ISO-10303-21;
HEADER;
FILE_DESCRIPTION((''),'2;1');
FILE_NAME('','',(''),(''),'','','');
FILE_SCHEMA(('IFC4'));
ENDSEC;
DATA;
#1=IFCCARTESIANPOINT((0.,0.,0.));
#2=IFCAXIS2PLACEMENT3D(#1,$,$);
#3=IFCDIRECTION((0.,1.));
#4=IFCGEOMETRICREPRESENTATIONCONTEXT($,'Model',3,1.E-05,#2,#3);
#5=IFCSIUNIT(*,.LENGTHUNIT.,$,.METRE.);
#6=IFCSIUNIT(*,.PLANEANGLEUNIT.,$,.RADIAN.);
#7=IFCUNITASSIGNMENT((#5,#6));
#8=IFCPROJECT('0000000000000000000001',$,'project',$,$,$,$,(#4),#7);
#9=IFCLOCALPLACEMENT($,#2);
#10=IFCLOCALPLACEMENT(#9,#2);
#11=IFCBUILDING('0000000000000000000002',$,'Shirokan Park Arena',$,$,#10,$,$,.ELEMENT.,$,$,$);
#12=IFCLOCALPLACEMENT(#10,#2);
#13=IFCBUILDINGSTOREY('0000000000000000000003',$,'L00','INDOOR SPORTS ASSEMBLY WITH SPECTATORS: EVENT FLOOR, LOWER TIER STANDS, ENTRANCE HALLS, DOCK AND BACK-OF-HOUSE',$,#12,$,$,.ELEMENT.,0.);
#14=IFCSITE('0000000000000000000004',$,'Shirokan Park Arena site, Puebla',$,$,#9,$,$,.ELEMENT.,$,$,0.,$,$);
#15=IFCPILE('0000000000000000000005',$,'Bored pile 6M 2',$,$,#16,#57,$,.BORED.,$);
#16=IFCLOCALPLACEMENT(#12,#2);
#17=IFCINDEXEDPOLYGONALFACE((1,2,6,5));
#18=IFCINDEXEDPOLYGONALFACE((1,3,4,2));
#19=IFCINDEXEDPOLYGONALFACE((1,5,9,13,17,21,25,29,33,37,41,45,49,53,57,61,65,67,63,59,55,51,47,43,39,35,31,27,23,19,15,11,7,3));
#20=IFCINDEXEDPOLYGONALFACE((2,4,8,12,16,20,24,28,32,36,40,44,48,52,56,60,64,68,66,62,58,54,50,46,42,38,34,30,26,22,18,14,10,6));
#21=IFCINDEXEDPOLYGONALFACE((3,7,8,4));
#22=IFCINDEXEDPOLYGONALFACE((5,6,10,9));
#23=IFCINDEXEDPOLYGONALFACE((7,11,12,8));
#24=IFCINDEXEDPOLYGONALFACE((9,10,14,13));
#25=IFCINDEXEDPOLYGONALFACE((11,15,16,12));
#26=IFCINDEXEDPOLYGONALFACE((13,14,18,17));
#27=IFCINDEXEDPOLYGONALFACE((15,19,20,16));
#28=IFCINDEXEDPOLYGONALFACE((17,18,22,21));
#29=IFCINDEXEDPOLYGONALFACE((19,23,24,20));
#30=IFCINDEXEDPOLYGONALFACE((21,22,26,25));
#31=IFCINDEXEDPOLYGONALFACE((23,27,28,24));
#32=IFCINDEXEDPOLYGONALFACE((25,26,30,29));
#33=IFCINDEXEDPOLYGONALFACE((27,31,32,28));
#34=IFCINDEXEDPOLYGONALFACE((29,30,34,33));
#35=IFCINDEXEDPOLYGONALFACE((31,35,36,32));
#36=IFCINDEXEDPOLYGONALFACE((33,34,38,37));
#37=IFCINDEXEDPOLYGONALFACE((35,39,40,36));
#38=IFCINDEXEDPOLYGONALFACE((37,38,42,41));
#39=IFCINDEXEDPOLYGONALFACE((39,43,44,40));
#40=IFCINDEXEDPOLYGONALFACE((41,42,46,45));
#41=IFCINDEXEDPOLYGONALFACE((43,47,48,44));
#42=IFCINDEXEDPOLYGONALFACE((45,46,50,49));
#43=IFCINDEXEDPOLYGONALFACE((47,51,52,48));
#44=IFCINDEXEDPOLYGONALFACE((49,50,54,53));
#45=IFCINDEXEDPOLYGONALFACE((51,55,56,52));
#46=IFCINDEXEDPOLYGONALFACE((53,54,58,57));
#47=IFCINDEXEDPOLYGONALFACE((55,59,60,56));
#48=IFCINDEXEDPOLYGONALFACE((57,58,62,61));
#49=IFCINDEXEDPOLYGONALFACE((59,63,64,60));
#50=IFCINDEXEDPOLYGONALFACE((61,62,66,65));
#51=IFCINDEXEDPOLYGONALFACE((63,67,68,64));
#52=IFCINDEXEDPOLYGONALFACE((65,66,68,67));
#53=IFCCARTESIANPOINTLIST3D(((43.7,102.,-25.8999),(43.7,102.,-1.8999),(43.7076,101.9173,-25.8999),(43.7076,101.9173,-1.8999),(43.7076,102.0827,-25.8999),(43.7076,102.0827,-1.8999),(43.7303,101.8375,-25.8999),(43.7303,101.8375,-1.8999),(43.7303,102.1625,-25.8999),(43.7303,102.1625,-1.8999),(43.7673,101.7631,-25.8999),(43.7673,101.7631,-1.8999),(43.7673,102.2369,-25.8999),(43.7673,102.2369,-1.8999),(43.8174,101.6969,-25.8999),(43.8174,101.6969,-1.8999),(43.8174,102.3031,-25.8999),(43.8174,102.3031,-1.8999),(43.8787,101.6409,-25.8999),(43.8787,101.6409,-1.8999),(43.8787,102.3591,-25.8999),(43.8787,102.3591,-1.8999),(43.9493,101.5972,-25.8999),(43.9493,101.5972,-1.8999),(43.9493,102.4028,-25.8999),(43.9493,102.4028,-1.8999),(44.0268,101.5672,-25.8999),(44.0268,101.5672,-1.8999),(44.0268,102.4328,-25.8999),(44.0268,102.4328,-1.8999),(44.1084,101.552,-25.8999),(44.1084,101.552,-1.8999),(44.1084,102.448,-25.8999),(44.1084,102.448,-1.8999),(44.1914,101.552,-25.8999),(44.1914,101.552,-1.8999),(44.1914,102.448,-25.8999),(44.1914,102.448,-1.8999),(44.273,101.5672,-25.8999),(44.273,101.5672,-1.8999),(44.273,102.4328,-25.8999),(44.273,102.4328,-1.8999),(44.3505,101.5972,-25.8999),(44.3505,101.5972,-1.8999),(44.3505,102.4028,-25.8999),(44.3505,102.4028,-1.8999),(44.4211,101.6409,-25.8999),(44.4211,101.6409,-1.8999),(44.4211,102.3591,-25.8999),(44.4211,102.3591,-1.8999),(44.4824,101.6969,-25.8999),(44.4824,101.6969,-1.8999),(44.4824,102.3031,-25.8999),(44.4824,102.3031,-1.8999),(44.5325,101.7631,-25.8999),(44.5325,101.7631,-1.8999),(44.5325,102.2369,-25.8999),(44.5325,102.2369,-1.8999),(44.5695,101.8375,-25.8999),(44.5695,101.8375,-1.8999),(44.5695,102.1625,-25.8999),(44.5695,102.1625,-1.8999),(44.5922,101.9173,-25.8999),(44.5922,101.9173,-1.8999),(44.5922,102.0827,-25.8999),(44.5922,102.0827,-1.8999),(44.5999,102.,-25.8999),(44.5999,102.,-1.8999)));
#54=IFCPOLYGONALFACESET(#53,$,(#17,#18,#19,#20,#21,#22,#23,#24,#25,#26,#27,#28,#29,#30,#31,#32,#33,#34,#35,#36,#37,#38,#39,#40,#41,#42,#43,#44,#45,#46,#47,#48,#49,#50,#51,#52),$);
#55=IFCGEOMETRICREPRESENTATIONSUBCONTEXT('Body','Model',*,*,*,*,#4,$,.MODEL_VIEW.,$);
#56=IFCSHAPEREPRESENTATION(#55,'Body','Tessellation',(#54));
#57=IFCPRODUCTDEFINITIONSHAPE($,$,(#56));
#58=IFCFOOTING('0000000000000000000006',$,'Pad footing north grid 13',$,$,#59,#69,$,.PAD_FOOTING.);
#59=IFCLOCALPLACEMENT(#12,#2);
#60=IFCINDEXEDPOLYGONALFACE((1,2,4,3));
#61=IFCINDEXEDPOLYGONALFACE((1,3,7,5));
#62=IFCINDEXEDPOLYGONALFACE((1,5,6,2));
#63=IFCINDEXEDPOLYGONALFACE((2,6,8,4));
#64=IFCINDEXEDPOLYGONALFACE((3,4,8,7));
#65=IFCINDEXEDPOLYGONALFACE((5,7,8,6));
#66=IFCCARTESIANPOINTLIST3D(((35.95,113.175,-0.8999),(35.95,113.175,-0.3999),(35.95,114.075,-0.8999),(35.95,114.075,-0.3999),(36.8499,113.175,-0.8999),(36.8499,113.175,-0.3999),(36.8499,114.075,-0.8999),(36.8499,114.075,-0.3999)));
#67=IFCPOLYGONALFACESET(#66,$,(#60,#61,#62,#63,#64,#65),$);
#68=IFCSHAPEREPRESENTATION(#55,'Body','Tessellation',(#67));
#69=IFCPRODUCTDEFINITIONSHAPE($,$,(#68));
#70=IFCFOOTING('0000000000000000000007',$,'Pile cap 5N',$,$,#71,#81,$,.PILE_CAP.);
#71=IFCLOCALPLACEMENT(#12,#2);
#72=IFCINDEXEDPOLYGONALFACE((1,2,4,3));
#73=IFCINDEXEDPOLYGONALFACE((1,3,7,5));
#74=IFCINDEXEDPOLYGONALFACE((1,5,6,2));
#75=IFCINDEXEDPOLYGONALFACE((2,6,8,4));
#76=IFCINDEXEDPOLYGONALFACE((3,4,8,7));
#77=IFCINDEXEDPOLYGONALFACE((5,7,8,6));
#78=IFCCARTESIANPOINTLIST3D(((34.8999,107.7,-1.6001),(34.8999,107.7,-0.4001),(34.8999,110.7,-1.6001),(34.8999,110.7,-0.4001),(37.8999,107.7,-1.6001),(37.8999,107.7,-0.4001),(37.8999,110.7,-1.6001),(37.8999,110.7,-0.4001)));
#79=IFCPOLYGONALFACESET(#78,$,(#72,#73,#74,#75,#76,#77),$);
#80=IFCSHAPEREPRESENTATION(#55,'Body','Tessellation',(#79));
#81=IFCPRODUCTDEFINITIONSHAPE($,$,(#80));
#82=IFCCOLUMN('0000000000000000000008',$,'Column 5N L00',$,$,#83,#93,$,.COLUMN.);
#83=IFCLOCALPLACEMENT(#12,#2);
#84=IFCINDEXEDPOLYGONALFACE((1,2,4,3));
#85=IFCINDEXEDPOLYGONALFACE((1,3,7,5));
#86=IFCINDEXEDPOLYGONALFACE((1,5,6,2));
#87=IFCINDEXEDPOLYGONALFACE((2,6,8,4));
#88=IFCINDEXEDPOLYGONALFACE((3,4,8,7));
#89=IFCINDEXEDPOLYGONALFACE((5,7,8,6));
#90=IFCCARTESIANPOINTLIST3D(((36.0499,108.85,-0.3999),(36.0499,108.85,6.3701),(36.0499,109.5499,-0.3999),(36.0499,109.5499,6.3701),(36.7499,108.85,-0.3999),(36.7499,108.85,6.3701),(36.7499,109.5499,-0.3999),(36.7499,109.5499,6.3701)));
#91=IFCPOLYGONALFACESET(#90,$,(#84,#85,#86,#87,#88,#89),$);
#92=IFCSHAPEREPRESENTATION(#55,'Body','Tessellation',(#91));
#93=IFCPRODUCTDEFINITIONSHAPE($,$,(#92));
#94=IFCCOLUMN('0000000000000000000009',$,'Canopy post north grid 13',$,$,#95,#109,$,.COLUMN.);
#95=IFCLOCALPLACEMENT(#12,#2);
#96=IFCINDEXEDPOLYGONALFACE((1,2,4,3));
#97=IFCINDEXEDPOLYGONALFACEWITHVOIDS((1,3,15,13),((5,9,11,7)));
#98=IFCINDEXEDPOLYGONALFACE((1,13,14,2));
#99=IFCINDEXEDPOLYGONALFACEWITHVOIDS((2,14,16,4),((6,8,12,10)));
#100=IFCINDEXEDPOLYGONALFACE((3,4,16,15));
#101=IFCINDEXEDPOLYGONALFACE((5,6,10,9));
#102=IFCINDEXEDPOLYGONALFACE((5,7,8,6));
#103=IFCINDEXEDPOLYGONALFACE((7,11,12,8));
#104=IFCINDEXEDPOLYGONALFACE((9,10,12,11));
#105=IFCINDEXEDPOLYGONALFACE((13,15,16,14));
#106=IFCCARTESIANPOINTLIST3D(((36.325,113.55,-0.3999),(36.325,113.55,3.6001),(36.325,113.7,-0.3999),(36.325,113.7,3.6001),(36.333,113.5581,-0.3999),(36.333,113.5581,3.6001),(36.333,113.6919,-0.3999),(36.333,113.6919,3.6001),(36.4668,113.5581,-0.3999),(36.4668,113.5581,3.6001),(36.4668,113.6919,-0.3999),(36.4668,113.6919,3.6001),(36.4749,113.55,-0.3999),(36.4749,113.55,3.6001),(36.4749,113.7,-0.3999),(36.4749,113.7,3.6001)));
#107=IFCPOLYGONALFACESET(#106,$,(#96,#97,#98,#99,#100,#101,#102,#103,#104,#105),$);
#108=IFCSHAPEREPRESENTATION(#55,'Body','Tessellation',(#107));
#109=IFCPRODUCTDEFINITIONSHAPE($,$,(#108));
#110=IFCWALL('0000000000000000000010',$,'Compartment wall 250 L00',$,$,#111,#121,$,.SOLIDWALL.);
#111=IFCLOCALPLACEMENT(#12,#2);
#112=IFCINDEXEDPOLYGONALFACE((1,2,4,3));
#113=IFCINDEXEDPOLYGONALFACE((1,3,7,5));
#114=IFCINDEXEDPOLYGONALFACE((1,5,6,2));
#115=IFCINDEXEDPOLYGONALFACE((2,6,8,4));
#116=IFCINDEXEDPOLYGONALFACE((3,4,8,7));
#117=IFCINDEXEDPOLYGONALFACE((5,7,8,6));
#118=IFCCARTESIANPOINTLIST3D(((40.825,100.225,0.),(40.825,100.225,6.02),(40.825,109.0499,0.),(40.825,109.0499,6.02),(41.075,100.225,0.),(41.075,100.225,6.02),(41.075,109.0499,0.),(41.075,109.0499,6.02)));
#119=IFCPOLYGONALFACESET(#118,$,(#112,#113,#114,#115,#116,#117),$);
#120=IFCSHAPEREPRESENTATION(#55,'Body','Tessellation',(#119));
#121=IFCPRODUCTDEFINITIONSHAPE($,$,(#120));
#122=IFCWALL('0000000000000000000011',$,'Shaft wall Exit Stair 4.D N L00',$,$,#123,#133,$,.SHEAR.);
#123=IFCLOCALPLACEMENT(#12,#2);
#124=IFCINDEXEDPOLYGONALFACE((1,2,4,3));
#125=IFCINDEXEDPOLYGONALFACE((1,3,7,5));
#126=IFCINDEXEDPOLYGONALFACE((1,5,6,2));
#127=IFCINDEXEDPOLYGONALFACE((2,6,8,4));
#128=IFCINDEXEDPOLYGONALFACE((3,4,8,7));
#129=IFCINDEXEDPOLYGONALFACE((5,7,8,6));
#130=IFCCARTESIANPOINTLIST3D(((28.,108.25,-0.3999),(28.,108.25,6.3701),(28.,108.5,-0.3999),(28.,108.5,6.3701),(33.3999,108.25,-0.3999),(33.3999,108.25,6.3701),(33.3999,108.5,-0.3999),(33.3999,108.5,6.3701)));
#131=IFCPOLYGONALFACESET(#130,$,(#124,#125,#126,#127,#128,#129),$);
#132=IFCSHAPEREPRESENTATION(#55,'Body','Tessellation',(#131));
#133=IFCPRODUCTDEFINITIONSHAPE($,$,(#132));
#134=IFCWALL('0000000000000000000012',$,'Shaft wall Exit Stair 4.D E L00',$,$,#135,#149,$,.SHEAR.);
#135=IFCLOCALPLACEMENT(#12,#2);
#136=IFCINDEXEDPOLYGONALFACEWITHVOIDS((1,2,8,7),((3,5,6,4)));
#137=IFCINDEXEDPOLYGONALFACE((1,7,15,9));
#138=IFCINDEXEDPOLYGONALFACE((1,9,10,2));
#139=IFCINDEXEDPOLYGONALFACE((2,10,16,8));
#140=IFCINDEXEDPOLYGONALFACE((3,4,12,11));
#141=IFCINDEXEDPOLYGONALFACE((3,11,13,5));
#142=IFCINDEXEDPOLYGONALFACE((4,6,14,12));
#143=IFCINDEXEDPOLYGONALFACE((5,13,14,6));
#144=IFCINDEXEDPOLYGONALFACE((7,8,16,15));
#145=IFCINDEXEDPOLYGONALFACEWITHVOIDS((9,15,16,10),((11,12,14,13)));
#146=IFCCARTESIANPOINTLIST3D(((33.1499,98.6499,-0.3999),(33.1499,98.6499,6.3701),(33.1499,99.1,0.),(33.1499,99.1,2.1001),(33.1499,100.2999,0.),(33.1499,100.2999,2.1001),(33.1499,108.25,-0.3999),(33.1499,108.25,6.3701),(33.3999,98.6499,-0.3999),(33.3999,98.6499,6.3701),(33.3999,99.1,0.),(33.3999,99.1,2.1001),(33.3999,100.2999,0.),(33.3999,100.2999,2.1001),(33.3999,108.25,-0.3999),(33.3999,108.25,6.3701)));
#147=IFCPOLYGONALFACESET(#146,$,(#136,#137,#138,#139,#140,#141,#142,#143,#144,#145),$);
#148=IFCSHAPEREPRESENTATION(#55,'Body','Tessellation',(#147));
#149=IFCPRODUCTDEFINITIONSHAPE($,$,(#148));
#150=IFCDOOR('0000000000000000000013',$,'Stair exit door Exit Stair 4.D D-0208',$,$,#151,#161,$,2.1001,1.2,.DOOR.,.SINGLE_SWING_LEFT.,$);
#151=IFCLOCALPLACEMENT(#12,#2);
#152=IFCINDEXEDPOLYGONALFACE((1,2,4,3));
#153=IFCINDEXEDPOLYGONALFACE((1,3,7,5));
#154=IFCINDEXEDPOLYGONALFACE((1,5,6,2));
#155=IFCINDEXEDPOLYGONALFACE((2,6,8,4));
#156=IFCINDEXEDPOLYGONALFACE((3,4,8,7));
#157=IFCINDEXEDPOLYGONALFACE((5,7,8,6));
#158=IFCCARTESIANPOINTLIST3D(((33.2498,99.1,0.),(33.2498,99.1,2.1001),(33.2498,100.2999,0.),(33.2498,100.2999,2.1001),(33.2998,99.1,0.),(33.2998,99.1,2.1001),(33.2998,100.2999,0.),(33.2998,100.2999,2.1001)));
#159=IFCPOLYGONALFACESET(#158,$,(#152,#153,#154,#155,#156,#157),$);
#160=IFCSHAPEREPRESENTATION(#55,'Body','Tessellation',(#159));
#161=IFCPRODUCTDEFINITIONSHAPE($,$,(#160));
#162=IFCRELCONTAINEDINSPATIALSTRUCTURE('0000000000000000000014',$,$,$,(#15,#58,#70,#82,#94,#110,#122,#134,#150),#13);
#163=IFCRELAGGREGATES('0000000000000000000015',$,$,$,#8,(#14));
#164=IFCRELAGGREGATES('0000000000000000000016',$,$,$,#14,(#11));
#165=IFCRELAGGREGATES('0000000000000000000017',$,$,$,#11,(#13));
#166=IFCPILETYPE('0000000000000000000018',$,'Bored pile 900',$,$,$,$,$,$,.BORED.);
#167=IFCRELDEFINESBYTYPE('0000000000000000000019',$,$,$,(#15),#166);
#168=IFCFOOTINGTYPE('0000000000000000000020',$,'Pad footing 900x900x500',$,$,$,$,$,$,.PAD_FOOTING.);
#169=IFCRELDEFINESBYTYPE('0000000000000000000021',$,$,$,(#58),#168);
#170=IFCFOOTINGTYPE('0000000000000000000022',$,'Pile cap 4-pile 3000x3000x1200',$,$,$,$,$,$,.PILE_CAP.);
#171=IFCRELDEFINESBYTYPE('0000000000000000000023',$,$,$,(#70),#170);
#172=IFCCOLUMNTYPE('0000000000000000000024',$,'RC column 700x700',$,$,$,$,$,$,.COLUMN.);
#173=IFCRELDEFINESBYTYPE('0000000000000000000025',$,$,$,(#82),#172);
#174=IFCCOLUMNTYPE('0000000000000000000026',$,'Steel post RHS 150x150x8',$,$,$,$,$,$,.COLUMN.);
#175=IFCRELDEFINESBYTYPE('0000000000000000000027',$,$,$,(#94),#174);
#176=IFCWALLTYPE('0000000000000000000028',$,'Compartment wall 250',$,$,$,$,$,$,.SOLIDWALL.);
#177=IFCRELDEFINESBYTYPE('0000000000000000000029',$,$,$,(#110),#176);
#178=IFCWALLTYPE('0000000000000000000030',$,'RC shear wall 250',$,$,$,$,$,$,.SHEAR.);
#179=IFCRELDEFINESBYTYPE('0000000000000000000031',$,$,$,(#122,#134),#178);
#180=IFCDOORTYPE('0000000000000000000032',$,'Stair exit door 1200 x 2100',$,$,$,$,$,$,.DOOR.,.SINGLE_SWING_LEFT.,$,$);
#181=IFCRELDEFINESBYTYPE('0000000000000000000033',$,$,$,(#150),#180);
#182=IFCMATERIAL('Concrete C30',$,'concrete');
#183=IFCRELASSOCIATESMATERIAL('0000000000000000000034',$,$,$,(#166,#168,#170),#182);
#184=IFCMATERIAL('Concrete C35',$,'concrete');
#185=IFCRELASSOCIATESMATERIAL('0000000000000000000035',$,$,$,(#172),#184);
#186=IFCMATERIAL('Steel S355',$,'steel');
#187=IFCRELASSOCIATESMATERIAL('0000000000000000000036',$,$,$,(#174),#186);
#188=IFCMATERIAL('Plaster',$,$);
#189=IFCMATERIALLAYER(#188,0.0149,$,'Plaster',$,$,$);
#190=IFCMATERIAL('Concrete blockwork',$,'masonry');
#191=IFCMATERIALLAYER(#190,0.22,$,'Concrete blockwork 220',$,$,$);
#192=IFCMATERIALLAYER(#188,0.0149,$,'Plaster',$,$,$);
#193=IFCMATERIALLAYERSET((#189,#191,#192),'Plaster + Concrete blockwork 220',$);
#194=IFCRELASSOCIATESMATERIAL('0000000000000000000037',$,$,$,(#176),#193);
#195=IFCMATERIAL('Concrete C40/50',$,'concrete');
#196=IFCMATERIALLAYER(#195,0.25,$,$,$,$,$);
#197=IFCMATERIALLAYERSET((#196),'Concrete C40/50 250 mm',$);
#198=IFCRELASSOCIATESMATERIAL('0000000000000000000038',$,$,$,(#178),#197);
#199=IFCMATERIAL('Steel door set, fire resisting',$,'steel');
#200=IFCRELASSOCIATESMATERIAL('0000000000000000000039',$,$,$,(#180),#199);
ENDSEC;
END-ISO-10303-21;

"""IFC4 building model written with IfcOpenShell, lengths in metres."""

from ifc_helpers import new_model, si_unit, direction, frame, frame_2d, origin, origin_2d, place, context, subcontext, project, spatial, rectangle, hollow_rectangle, circle, extrude, material, layer, layer_set, material_profile, profile_set, type_object, element, fill, save


model = new_model("IFC4")

# Units and contexts
model_context = context("Model", 3, precision=1e-05, world=origin(), true_north=direction((0.0, 1.0)))
body_context = subcontext(model_context, "Body", "Model", "MODEL_VIEW")
ifc_project = project(units=[si_unit("LENGTHUNIT", "METRE"), si_unit("PLANEANGLEUNIT", "RADIAN")], contexts=[model_context])

# Site, building, storey
site_placement = place(None, origin())
site = spatial("IfcSite", under=ifc_project, at=site_placement, Name="Shirokan Park Arena site, Puebla", CompositionType="ELEMENT", RefElevation=0.0)
building_placement = place(site_placement, origin())
building = spatial("IfcBuilding", under=site, at=building_placement, Name="Shirokan Park Arena", CompositionType="ELEMENT")
storey_placement = place(building_placement, origin())
storey = spatial("IfcBuildingStorey", under=building, at=storey_placement, Name="L00", Description="INDOOR SPORTS ASSEMBLY WITH SPECTATORS: EVENT FLOOR, LOWER TIER STANDS, ENTRANCE HALLS, DOCK AND BACK-OF-HOUSE", CompositionType="ELEMENT", Elevation=0.0)

# Pile
ifc_material_1 = material(Name="Concrete C30", Category="concrete")
ifc_material_profile_1 = material_profile(ifc_material_1, circle(Radius=0.45, at=origin_2d()), Name="D900")
ifc_profile_set_1 = profile_set([ifc_material_profile_1], Name="Concrete C30")
pile_type_1 = type_object("IfcPileType", Name="Bored pile 900", PredefinedType="BORED", material=ifc_profile_set_1)
pile_1_placement = place(storey_placement, frame((44.1499, 102.0, -1.8999), z_axis=(0.0, 0.0, -1.0), x_axis=(1.0, 0.0, 0.0)))
element("IfcPile", 1, at=pile_1_placement, inside=storey, type_object=pile_type_1, Name="Bored pile 6M 2", PredefinedType="BORED", context=body_context, shape_type="SweptSolid", body=[
    extrude(circle(Radius=0.45, at=origin_2d()), origin(), (0.0, 0.0, 1.0), 24.0),
])

# Footings
footing_type_1 = type_object("IfcFootingType", Name="Pad footing 900x900x500", PredefinedType="PAD_FOOTING", material=ifc_material_1)
footing_1_placement = place(storey_placement, frame((36.3999, 113.625, -0.8999), z_axis=(0.0, 0.0, 1.0), x_axis=(1.0, 0.0, 0.0)))
element("IfcFooting", 2, at=footing_1_placement, inside=storey, type_object=footing_type_1, Name="Pad footing north grid 13", PredefinedType="PAD_FOOTING", context=body_context, shape_type="SweptSolid", body=[
    extrude(rectangle(XDim=0.8999, YDim=0.8999, at=origin_2d()), origin(), (0.0, 0.0, 1.0), 0.5),
])
footing_type_2 = type_object("IfcFootingType", Name="Pile cap 4-pile 3000x3000x1200", PredefinedType="PILE_CAP", material=ifc_material_1)
footing_2_placement = place(storey_placement, frame((36.3999, 109.2, -1.6001), z_axis=(0.0, 0.0, 1.0), x_axis=(1.0, 0.0, 0.0)))
element("IfcFooting", 3, at=footing_2_placement, inside=storey, type_object=footing_type_2, Name="Pile cap 5N", PredefinedType="PILE_CAP", context=body_context, shape_type="SweptSolid", body=[
    extrude(rectangle(XDim=3.0, YDim=3.0, at=origin_2d()), origin(), (0.0, 0.0, 1.0), 1.2),
])

# Columns
ifc_material_2 = material(Name="Concrete C35", Category="concrete")
ifc_material_profile_2 = material_profile(ifc_material_2, rectangle(XDim=0.7, YDim=0.7, at=origin_2d()), Name="700x700")
ifc_profile_set_2 = profile_set([ifc_material_profile_2], Name="Concrete C35")
column_type_1 = type_object("IfcColumnType", Name="RC column 700x700", PredefinedType="COLUMN", material=ifc_profile_set_2)
column_1_placement = place(storey_placement, frame((36.3999, 109.2, -0.3999), z_axis=(0.0, 0.0, 1.0), x_axis=(1.0, 0.0, 0.0)))
element("IfcColumn", 4, at=column_1_placement, inside=storey, type_object=column_type_1, Name="Column 5N L00", PredefinedType="COLUMN", context=body_context, shape_type="SweptSolid", body=[
    extrude(rectangle(XDim=0.7, YDim=0.7, at=origin_2d()), origin(), (0.0, 0.0, 1.0), 6.77),
])
ifc_material_3 = material(Name="Steel S355", Category="steel")
ifc_material_profile_3 = material_profile(ifc_material_3, hollow_rectangle(XDim=0.1499, YDim=0.1499, WallThickness=0.0081, at=origin_2d()), Name="RHS 150x150x8")
ifc_profile_set_3 = profile_set([ifc_material_profile_3], Name="Steel S355")
column_type_2 = type_object("IfcColumnType", Name="Steel post RHS 150x150x8", PredefinedType="COLUMN", material=ifc_profile_set_3)
column_2_placement = place(storey_placement, frame((36.3999, 113.625, -0.3999), z_axis=(0.0, 0.0, 1.0), x_axis=(1.0, 0.0, 0.0)))
element("IfcColumn", 5, at=column_2_placement, inside=storey, type_object=column_type_2, Name="Canopy post north grid 13", PredefinedType="COLUMN", context=body_context, shape_type="SweptSolid", body=[
    extrude(hollow_rectangle(XDim=0.1499, YDim=0.1499, WallThickness=0.0081, at=origin_2d()), origin(), (0.0, 0.0, 1.0), 4.0),
])

# Wall
ifc_material_4 = material(Name="Plaster")
ifc_layer_1 = layer(ifc_material_4, 0.0149, Name="Plaster")
ifc_material_5 = material(Name="Concrete blockwork", Category="masonry")
ifc_layer_2 = layer(ifc_material_5, 0.22, Name="Concrete blockwork 220")
ifc_layer_3 = layer(ifc_material_4, 0.0149, Name="Plaster")
ifc_layer_set_1 = layer_set([ifc_layer_1, ifc_layer_2, ifc_layer_3], Name="Plaster + Concrete blockwork 220")
wall_type_1 = type_object("IfcWallType", Name="Compartment wall 250", PredefinedType="SOLIDWALL", material=ifc_layer_set_1)
wall_1_placement = place(storey_placement, frame((40.95, 109.05, 0.0), z_axis=(0.0, 0.0, 1.0), x_axis=(0.0, -1.0, 0.0)))
element("IfcWall", 6, at=wall_1_placement, inside=storey, type_object=wall_type_1, Name="Compartment wall 250 L00", PredefinedType="SOLIDWALL", context=body_context, shape_type="SweptSolid", body=[
    extrude(rectangle(XDim=8.825, YDim=0.25, at=frame_2d((4.4126, 0.0))), origin(), (0.0, 0.0, 1.0), 6.02),
])

# Wall
ifc_material_6 = material(Name="Concrete C40/50", Category="concrete")
ifc_layer_4 = layer(ifc_material_6, 0.25)
ifc_layer_set_2 = layer_set([ifc_layer_4], Name="Concrete C40/50 250 mm")
wall_type_2 = type_object("IfcWallType", Name="RC shear wall 250", PredefinedType="SHEAR", material=ifc_layer_set_2)
wall_2_placement = place(storey_placement, frame((33.3999, 108.375, -0.3999), z_axis=(0.0, 0.0, 1.0), x_axis=(-1.0, 0.0, 0.0)))
element("IfcWall", 7, at=wall_2_placement, inside=storey, type_object=wall_type_2, Name="Shaft wall Exit Stair 4.D N L00", PredefinedType="SHEAR", context=body_context, shape_type="SweptSolid", body=[
    extrude(rectangle(XDim=5.3999, YDim=0.25, at=frame_2d((2.7, 0.0))), origin(), (0.0, 0.0, 1.0), 6.77),
])

# Wall, opening, door
wall_3_placement = place(storey_placement, frame((33.2749, 108.25, -0.3999), z_axis=(0.0, 0.0, 1.0), x_axis=(0.0, -1.0, 0.0)))
wall_3 = element("IfcWall", 8, at=wall_3_placement, inside=storey, type_object=wall_type_2, Name="Shaft wall Exit Stair 4.D E L00", PredefinedType="SHEAR", context=body_context, shape_type="SweptSolid", body=[
    extrude(rectangle(XDim=9.6001, YDim=0.25, at=frame_2d((4.8, 0.0))), origin(), (0.0, 0.0, 1.0), 6.77),
])
opening_1_placement = place(wall_3_placement, frame((7.95, 0.0, 0.3999)))
opening_1 = element("IfcOpeningElement", 9, at=opening_1_placement, cuts=wall_3, PredefinedType="OPENING", context=body_context, shape_type="SweptSolid", body=[
    extrude(rectangle(XDim=1.2, YDim=2.1001, at=frame_2d((0.6001, 1.05))), frame((0.0, 0.135, 0.0), z_axis=(0.0, -1.0, 0.0), x_axis=(1.0, 0.0, 0.0)), (0.0, 0.0, 1.0), 0.27),
])
ifc_material_7 = material(Name="Steel door set, fire resisting", Category="steel")
door_type_1 = type_object("IfcDoorType", Name="Stair exit door 1200 x 2100", OperationType="SINGLE_SWING_LEFT", PredefinedType="DOOR", material=ifc_material_7)
door_1_placement = place(opening_1_placement, origin())
door_1 = element("IfcDoor", 10, at=door_1_placement, inside=storey, type_object=door_type_1, Name="Stair exit door Exit Stair 4.D D-0208", OperationType="SINGLE_SWING_LEFT", OverallHeight=2.1001, OverallWidth=1.2, PredefinedType="DOOR", context=body_context, shape_type="SweptSolid", body=[
    extrude(rectangle(XDim=1.2, YDim=2.1001, at=frame_2d((0.6001, 1.05))), frame((0.0, 0.0249, 0.0), z_axis=(0.0, -1.0, 0.0), x_axis=(1.0, 0.0, 0.0)), (0.0, 0.0, 1.0), 0.05),
])
fill(opening_1, door_1)

save(model, "model.ifc")
